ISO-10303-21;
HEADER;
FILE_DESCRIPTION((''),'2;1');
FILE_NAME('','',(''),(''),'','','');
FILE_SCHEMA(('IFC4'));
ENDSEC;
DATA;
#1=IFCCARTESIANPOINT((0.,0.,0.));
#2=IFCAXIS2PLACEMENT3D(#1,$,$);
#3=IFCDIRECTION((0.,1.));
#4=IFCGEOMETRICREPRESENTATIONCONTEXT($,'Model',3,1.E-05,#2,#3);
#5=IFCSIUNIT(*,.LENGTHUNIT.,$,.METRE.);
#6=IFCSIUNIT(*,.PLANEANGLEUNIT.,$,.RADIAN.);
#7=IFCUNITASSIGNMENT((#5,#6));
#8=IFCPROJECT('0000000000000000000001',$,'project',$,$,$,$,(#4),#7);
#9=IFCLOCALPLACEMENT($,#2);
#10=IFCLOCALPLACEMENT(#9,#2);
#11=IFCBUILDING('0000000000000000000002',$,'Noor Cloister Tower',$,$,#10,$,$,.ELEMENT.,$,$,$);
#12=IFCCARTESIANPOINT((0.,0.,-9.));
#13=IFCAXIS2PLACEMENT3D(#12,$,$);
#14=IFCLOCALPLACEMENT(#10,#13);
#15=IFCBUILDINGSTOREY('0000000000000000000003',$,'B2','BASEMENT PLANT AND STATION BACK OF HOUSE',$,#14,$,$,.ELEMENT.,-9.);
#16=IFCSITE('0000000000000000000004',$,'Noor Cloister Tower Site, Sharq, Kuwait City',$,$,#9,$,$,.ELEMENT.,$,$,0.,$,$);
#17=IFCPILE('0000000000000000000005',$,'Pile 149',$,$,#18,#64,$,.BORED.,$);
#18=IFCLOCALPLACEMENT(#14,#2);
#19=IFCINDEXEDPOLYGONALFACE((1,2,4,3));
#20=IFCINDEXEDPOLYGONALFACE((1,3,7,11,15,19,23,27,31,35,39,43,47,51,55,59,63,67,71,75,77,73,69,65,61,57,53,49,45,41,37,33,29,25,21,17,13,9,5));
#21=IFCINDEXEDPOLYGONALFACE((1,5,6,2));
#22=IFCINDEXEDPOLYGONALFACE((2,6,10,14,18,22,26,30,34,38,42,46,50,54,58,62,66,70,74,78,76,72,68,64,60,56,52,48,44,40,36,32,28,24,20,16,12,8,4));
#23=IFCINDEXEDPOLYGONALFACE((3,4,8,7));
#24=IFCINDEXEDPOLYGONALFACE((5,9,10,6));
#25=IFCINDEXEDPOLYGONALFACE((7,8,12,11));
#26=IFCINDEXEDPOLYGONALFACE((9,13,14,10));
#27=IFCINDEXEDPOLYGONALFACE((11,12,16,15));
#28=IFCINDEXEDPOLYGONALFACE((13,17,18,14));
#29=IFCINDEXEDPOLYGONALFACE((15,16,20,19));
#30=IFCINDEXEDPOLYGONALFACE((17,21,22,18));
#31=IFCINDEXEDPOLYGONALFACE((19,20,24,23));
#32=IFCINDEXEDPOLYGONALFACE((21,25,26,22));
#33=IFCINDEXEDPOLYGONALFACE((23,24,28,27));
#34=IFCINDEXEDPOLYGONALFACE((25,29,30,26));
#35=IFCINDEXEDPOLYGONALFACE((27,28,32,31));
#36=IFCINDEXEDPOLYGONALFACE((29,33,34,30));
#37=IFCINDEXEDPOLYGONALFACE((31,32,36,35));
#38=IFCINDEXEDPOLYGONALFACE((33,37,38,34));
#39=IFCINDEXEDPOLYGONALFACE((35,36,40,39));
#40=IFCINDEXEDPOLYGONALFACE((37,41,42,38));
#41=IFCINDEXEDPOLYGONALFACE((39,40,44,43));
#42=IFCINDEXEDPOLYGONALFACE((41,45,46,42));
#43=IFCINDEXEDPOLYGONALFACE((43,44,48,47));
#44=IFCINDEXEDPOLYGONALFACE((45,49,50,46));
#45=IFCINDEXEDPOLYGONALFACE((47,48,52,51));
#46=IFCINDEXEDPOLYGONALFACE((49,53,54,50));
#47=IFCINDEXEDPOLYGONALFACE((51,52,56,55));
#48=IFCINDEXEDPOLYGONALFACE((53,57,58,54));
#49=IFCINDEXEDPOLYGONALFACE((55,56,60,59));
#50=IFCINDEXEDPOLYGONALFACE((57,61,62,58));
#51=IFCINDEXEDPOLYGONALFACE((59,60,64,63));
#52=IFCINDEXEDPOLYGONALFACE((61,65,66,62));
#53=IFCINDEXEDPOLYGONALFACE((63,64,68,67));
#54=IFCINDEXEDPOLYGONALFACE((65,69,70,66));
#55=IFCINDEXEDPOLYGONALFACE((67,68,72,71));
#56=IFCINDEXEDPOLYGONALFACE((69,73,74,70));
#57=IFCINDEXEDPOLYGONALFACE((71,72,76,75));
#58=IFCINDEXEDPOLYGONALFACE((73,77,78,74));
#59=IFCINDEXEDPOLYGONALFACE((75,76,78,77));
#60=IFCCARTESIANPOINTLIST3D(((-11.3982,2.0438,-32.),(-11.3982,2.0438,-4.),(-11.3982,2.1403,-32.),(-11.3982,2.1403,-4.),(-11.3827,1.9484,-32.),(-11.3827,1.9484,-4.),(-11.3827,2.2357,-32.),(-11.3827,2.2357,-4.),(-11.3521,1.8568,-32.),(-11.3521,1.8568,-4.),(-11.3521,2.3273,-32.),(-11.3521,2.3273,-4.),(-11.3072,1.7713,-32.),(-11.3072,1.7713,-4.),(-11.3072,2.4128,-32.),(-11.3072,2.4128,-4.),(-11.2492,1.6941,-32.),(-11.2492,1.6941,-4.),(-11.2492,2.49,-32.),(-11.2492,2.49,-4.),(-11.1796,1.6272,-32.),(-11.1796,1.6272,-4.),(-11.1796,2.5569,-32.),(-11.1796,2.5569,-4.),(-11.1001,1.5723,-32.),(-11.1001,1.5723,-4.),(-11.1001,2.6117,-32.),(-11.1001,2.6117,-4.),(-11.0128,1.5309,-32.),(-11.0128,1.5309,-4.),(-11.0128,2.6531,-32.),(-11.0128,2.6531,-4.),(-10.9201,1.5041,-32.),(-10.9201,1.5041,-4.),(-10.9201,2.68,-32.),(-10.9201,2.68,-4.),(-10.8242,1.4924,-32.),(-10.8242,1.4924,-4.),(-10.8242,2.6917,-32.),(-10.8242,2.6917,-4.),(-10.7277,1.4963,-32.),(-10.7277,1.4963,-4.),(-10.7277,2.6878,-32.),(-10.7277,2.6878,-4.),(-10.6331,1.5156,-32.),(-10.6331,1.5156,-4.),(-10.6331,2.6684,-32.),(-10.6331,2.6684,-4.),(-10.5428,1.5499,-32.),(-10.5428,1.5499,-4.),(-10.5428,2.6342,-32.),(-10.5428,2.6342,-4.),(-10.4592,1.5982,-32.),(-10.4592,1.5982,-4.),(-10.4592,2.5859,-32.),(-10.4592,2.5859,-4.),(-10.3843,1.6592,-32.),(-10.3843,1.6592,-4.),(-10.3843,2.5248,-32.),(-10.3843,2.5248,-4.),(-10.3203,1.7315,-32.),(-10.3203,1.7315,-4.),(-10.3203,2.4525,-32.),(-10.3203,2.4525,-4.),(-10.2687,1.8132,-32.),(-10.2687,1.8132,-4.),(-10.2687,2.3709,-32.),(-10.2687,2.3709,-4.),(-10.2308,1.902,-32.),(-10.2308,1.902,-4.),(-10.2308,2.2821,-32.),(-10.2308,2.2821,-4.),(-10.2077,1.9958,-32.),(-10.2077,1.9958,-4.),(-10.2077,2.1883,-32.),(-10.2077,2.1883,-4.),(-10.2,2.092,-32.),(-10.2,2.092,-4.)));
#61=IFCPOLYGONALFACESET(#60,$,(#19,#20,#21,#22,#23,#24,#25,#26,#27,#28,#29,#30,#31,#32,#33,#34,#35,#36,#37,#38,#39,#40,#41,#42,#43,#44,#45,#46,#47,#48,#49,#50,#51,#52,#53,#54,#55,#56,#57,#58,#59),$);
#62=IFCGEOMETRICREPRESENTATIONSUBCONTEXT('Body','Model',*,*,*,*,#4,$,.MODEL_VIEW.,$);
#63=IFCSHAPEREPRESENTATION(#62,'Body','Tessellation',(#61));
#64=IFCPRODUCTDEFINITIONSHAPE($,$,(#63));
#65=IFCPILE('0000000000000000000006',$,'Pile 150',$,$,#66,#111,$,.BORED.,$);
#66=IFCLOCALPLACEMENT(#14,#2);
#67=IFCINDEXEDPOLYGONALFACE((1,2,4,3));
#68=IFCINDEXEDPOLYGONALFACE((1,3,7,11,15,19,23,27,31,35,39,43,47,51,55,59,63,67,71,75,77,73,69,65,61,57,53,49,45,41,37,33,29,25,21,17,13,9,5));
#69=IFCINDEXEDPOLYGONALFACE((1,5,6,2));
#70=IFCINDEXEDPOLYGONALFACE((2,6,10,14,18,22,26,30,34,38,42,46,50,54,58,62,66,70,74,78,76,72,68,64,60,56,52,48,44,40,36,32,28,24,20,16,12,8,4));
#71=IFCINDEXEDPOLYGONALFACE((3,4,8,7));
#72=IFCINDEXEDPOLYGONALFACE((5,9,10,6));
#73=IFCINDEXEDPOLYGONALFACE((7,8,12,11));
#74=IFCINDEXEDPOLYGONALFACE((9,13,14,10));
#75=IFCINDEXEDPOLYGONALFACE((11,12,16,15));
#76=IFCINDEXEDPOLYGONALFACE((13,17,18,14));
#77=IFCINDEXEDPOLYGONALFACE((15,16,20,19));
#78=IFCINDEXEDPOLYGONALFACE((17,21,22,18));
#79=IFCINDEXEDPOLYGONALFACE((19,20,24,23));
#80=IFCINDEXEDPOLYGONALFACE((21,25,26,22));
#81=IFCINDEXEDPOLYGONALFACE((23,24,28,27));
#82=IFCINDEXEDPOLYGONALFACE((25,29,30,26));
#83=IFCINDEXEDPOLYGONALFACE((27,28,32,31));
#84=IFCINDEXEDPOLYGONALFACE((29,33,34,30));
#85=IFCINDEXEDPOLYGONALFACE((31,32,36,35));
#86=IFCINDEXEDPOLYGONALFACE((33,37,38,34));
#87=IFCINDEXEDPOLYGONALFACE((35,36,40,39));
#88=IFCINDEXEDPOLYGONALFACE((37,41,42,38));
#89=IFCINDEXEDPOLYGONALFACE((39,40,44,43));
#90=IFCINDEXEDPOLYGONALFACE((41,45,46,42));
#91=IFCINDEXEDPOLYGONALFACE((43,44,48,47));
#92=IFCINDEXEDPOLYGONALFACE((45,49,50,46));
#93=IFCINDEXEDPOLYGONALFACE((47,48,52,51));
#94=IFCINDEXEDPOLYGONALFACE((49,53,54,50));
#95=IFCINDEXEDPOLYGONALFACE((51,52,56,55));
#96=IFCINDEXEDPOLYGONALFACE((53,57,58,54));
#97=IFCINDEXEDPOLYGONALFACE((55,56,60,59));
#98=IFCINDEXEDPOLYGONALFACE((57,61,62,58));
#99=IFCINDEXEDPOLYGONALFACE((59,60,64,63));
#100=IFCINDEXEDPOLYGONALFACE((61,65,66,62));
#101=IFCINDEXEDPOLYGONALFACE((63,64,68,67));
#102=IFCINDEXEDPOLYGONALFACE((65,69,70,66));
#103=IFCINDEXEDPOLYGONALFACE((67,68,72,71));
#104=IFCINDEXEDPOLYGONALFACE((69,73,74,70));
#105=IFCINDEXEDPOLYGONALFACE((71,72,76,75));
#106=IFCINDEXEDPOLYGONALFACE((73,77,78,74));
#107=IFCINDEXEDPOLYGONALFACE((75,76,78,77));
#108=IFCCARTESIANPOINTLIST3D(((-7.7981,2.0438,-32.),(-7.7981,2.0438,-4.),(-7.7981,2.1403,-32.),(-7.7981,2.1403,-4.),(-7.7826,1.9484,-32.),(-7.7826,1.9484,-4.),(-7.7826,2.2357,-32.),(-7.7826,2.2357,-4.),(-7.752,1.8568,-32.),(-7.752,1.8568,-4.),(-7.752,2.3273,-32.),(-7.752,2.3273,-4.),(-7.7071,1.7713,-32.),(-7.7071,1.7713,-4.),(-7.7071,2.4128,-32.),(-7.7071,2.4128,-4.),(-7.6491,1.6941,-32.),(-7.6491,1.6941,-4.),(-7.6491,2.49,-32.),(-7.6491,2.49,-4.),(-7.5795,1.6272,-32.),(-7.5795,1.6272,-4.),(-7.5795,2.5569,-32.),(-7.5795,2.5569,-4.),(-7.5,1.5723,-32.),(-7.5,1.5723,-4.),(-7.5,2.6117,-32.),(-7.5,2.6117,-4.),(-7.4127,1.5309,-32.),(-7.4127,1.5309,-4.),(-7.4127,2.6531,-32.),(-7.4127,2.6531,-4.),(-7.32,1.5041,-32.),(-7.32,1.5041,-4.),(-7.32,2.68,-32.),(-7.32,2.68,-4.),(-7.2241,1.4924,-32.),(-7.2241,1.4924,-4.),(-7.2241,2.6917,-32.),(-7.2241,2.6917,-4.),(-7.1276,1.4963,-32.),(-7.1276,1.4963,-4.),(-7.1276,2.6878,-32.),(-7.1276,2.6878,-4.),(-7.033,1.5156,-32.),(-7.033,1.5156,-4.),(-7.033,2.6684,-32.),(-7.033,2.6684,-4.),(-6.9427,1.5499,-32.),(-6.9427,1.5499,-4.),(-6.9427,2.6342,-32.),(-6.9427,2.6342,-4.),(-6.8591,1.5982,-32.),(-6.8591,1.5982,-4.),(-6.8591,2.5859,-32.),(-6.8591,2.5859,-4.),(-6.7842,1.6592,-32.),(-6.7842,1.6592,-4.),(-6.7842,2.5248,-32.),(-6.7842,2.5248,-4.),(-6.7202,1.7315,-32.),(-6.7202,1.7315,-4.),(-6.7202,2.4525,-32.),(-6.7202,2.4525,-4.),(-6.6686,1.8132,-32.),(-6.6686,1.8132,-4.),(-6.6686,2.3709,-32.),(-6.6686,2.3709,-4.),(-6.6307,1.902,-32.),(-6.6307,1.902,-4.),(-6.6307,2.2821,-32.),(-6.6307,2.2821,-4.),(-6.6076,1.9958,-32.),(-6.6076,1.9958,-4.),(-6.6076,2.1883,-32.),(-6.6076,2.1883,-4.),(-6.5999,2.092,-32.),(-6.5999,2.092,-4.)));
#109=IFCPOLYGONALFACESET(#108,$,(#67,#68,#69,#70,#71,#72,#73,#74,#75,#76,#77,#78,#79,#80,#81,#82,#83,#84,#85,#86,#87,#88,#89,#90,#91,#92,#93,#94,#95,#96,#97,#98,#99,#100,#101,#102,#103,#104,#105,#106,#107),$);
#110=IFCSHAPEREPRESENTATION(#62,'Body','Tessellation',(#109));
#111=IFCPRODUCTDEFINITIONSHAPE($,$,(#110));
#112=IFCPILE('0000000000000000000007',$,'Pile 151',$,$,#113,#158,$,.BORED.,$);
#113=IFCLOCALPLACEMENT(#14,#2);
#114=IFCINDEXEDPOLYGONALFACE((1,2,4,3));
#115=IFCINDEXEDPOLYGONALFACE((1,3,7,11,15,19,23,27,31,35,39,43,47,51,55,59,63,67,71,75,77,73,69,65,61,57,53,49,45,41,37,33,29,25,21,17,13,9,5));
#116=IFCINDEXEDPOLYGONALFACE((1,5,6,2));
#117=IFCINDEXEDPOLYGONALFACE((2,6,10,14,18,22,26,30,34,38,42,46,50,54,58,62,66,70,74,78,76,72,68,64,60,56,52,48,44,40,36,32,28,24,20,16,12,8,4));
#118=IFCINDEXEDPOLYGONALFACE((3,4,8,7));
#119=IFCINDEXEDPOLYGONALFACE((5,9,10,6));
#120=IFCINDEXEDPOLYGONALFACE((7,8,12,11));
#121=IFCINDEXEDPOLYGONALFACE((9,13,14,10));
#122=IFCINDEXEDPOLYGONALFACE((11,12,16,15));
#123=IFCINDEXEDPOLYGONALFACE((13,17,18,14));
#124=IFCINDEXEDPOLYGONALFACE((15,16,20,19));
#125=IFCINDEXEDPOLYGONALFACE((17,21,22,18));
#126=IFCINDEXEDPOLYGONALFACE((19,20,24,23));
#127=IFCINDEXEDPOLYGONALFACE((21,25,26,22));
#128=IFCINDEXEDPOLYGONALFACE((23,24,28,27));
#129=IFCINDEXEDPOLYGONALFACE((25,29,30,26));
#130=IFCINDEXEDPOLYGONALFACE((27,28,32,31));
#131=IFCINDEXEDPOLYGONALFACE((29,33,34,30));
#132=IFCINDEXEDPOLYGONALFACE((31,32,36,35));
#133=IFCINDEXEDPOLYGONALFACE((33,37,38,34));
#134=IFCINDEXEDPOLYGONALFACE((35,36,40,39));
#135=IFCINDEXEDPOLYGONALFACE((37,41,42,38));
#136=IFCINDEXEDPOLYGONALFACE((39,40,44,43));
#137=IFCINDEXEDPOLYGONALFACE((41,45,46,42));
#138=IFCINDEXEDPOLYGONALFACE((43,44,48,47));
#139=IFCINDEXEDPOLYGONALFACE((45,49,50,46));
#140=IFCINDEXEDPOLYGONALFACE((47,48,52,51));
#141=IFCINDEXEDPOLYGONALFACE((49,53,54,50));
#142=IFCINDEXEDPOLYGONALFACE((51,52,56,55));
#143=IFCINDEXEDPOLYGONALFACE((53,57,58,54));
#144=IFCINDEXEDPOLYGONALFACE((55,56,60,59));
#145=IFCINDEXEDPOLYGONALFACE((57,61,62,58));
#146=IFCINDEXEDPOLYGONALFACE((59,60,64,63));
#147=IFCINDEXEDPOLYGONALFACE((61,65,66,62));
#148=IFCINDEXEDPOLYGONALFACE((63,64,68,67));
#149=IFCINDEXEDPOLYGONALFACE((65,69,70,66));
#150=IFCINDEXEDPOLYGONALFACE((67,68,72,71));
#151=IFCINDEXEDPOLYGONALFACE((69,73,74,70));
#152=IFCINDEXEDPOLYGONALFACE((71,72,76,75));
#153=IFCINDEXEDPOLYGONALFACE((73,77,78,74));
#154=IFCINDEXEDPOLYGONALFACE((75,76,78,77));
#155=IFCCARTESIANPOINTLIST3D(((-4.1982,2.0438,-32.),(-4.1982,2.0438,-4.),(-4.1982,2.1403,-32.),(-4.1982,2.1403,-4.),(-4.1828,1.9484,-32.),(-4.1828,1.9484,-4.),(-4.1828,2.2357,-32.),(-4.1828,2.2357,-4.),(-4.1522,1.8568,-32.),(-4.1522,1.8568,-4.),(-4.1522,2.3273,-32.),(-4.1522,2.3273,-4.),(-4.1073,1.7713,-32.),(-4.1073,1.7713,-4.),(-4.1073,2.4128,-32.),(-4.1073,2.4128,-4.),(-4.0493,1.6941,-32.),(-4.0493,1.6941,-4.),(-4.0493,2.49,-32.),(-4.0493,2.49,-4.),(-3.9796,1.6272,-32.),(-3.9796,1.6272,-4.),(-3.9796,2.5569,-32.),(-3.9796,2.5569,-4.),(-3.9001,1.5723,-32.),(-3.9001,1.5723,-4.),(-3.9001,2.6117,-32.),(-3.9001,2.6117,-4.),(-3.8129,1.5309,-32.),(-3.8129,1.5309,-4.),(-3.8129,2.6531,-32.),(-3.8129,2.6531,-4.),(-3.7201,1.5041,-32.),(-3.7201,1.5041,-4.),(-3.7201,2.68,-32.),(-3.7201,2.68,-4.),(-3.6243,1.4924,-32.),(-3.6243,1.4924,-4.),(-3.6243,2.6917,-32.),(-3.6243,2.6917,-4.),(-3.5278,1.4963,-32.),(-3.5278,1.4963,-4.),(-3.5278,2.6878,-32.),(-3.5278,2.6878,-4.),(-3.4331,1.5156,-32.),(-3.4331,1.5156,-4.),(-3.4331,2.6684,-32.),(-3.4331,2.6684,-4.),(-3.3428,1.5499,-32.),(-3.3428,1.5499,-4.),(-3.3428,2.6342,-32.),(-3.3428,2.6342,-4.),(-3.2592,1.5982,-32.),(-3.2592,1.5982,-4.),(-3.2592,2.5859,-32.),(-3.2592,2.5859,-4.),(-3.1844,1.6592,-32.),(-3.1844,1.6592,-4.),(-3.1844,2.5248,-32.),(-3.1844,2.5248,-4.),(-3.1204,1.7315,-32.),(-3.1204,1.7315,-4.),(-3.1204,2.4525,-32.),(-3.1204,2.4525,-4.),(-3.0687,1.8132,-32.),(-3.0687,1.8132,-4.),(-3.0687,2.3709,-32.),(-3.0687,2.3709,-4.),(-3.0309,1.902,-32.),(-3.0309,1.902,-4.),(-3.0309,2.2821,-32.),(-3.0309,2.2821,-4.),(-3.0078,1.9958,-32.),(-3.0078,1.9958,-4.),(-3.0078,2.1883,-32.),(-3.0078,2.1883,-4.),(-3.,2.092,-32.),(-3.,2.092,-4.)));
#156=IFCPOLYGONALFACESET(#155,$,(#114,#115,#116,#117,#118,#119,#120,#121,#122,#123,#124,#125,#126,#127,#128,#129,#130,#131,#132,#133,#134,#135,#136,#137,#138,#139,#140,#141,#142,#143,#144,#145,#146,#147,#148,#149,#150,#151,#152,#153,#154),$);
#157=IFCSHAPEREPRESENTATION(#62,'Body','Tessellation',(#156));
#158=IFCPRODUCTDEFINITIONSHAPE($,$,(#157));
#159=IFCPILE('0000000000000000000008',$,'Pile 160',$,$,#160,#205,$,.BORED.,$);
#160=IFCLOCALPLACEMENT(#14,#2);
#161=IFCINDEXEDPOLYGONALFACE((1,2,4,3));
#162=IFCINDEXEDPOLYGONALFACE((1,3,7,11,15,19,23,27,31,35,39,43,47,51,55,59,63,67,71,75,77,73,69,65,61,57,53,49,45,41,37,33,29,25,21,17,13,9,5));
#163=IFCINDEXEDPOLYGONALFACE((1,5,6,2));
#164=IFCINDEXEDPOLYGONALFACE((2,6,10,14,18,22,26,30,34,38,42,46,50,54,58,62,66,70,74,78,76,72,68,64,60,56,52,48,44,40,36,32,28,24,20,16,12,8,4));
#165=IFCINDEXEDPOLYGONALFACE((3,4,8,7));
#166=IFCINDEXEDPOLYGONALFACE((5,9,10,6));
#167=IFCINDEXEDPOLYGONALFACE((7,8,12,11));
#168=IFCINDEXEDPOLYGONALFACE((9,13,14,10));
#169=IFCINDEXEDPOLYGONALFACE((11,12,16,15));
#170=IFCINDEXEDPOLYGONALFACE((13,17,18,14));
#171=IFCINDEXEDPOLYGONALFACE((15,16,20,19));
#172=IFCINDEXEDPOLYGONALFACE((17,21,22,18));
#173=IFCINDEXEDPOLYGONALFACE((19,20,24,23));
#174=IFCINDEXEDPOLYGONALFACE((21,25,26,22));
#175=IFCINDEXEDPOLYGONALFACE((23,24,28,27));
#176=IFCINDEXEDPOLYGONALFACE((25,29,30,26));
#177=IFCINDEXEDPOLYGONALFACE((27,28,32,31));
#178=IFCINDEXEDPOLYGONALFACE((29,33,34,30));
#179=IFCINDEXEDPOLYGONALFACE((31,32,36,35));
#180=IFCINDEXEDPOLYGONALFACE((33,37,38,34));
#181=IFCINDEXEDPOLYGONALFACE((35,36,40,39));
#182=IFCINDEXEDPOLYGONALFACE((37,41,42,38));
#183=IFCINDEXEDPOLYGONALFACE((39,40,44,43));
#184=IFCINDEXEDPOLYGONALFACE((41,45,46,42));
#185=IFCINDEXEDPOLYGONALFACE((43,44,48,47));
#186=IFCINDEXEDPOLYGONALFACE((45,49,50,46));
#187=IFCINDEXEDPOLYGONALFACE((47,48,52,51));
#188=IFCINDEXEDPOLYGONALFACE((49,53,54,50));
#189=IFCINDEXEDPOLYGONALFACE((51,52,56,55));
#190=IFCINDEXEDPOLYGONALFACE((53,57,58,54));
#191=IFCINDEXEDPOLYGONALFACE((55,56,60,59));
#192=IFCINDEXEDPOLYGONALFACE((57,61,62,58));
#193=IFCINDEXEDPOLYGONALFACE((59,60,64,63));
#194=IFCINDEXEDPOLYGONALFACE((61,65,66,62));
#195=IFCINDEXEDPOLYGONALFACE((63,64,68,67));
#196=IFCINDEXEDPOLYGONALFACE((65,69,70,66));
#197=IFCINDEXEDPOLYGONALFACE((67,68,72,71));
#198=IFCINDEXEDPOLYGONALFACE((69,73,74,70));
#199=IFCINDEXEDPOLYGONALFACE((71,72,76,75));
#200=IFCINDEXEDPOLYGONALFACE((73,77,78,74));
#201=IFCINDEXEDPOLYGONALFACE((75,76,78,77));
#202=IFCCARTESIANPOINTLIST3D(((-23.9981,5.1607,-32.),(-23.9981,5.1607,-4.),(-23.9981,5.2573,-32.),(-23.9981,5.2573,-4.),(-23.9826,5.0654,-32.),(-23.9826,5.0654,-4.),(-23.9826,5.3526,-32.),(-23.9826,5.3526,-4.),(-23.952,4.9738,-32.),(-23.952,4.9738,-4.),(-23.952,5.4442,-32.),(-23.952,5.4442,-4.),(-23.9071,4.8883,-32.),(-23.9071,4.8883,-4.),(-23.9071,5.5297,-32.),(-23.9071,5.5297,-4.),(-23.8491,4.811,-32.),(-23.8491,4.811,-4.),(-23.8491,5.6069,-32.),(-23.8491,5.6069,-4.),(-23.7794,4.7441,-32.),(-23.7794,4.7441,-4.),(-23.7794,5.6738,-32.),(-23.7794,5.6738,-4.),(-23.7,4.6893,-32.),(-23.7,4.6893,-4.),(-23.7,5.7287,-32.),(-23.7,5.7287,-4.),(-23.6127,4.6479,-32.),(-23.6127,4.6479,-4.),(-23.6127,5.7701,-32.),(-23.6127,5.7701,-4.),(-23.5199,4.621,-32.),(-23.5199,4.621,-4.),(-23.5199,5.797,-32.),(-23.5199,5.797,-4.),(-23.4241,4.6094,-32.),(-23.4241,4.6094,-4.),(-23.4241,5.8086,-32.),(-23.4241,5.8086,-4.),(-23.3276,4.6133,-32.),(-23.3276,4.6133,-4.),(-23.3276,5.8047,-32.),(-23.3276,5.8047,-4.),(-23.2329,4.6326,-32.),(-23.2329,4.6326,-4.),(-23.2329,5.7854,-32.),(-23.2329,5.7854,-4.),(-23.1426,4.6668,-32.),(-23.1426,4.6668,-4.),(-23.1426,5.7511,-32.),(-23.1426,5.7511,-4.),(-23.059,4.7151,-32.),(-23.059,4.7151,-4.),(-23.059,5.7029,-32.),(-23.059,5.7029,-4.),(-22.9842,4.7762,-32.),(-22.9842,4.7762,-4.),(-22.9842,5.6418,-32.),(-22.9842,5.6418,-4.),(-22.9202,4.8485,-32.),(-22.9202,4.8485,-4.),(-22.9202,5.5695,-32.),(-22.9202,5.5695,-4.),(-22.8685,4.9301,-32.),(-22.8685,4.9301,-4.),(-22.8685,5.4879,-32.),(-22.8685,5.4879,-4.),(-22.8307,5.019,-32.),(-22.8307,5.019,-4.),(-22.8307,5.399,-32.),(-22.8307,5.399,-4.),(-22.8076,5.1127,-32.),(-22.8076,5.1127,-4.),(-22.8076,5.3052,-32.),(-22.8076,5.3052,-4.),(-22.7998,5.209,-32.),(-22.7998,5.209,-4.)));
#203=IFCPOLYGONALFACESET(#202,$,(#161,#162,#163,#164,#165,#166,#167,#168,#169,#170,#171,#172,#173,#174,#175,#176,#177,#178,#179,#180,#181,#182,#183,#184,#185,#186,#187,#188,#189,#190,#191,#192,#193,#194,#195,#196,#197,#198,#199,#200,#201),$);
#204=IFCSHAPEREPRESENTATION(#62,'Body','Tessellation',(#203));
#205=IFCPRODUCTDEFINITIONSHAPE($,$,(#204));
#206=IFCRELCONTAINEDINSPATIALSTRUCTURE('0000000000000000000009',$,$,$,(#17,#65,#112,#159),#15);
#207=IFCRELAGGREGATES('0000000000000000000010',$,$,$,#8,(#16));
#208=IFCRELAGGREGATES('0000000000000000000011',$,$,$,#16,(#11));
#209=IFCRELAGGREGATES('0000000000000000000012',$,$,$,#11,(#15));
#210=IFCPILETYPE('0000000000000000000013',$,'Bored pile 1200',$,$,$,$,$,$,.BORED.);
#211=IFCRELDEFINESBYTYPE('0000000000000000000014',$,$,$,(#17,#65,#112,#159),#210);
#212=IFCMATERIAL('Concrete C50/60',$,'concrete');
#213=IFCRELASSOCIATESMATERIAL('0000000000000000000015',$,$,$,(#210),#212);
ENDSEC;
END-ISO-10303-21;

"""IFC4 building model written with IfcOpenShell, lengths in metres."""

from ifc_helpers import new_model, si_unit, direction, frame, origin, origin_2d, place, context, subcontext, project, spatial, circle, extrude, material, material_profile, profile_set, type_object, element, save


model = new_model("IFC4")

# Units and contexts
model_context = context("Model", 3, precision=1e-05, world=origin(), true_north=direction((0.0, 1.0)))
body_context = subcontext(model_context, "Body", "Model", "MODEL_VIEW")
ifc_project = project(units=[si_unit("LENGTHUNIT", "METRE"), si_unit("PLANEANGLEUNIT", "RADIAN")], contexts=[model_context])

# Site, building, storey
site_placement = place(None, origin())
site = spatial("IfcSite", under=ifc_project, at=site_placement, Name="Noor Cloister Tower Site, Sharq, Kuwait City", CompositionType="ELEMENT", RefElevation=0.0)
building_placement = place(site_placement, origin())
building = spatial("IfcBuilding", under=site, at=building_placement, Name="Noor Cloister Tower", CompositionType="ELEMENT")
storey_placement = place(building_placement, frame((0.0, 0.0, -9.0)))
storey = spatial("IfcBuildingStorey", under=building, at=storey_placement, Name="B2", Description="BASEMENT PLANT AND STATION BACK OF HOUSE", CompositionType="ELEMENT", Elevation=-9.0)

# Piles
ifc_material_1 = material(Name="Concrete C50/60", Category="concrete")
ifc_material_profile_1 = material_profile(ifc_material_1, circle(Radius=0.6001, at=origin_2d()), Name="Bored pile 1200")
ifc_profile_set_1 = profile_set([ifc_material_profile_1], Name="Concrete C50/60")
pile_type = type_object("IfcPileType", Name="Bored pile 1200", PredefinedType="BORED", material=ifc_profile_set_1)
for number, where, z_axis, x_axis, name in (
    (1, (-10.8, 2.092, -4.0), (0.0, 0.0, -1.0), (1.0, 0.0, 0.0), "Pile 149"),
    (2, (-7.2, 2.092, -4.0), (0.0, 0.0, -1.0), (1.0, 0.0, 0.0), "Pile 150"),
    (3, (-3.6001, 2.092, -4.0), (0.0, 0.0, -1.0), (1.0, 0.0, 0.0), "Pile 151"),
    (4, (-23.3999, 5.209, -4.0), (0.0, 0.0, -1.0), (1.0, 0.0, 0.0), "Pile 160"),
):
    element("IfcPile", number, at=place(storey_placement, frame(where, z_axis=z_axis, x_axis=x_axis)), inside=storey, type_object=pile_type, Name=name, PredefinedType="BORED", context=body_context, shape_type="SweptSolid", body=[
        extrude(circle(Radius=0.6001, at=origin_2d()), origin(), (0.0, 0.0, 1.0), 28.0),
    ])

save(model, "model.ifc")
